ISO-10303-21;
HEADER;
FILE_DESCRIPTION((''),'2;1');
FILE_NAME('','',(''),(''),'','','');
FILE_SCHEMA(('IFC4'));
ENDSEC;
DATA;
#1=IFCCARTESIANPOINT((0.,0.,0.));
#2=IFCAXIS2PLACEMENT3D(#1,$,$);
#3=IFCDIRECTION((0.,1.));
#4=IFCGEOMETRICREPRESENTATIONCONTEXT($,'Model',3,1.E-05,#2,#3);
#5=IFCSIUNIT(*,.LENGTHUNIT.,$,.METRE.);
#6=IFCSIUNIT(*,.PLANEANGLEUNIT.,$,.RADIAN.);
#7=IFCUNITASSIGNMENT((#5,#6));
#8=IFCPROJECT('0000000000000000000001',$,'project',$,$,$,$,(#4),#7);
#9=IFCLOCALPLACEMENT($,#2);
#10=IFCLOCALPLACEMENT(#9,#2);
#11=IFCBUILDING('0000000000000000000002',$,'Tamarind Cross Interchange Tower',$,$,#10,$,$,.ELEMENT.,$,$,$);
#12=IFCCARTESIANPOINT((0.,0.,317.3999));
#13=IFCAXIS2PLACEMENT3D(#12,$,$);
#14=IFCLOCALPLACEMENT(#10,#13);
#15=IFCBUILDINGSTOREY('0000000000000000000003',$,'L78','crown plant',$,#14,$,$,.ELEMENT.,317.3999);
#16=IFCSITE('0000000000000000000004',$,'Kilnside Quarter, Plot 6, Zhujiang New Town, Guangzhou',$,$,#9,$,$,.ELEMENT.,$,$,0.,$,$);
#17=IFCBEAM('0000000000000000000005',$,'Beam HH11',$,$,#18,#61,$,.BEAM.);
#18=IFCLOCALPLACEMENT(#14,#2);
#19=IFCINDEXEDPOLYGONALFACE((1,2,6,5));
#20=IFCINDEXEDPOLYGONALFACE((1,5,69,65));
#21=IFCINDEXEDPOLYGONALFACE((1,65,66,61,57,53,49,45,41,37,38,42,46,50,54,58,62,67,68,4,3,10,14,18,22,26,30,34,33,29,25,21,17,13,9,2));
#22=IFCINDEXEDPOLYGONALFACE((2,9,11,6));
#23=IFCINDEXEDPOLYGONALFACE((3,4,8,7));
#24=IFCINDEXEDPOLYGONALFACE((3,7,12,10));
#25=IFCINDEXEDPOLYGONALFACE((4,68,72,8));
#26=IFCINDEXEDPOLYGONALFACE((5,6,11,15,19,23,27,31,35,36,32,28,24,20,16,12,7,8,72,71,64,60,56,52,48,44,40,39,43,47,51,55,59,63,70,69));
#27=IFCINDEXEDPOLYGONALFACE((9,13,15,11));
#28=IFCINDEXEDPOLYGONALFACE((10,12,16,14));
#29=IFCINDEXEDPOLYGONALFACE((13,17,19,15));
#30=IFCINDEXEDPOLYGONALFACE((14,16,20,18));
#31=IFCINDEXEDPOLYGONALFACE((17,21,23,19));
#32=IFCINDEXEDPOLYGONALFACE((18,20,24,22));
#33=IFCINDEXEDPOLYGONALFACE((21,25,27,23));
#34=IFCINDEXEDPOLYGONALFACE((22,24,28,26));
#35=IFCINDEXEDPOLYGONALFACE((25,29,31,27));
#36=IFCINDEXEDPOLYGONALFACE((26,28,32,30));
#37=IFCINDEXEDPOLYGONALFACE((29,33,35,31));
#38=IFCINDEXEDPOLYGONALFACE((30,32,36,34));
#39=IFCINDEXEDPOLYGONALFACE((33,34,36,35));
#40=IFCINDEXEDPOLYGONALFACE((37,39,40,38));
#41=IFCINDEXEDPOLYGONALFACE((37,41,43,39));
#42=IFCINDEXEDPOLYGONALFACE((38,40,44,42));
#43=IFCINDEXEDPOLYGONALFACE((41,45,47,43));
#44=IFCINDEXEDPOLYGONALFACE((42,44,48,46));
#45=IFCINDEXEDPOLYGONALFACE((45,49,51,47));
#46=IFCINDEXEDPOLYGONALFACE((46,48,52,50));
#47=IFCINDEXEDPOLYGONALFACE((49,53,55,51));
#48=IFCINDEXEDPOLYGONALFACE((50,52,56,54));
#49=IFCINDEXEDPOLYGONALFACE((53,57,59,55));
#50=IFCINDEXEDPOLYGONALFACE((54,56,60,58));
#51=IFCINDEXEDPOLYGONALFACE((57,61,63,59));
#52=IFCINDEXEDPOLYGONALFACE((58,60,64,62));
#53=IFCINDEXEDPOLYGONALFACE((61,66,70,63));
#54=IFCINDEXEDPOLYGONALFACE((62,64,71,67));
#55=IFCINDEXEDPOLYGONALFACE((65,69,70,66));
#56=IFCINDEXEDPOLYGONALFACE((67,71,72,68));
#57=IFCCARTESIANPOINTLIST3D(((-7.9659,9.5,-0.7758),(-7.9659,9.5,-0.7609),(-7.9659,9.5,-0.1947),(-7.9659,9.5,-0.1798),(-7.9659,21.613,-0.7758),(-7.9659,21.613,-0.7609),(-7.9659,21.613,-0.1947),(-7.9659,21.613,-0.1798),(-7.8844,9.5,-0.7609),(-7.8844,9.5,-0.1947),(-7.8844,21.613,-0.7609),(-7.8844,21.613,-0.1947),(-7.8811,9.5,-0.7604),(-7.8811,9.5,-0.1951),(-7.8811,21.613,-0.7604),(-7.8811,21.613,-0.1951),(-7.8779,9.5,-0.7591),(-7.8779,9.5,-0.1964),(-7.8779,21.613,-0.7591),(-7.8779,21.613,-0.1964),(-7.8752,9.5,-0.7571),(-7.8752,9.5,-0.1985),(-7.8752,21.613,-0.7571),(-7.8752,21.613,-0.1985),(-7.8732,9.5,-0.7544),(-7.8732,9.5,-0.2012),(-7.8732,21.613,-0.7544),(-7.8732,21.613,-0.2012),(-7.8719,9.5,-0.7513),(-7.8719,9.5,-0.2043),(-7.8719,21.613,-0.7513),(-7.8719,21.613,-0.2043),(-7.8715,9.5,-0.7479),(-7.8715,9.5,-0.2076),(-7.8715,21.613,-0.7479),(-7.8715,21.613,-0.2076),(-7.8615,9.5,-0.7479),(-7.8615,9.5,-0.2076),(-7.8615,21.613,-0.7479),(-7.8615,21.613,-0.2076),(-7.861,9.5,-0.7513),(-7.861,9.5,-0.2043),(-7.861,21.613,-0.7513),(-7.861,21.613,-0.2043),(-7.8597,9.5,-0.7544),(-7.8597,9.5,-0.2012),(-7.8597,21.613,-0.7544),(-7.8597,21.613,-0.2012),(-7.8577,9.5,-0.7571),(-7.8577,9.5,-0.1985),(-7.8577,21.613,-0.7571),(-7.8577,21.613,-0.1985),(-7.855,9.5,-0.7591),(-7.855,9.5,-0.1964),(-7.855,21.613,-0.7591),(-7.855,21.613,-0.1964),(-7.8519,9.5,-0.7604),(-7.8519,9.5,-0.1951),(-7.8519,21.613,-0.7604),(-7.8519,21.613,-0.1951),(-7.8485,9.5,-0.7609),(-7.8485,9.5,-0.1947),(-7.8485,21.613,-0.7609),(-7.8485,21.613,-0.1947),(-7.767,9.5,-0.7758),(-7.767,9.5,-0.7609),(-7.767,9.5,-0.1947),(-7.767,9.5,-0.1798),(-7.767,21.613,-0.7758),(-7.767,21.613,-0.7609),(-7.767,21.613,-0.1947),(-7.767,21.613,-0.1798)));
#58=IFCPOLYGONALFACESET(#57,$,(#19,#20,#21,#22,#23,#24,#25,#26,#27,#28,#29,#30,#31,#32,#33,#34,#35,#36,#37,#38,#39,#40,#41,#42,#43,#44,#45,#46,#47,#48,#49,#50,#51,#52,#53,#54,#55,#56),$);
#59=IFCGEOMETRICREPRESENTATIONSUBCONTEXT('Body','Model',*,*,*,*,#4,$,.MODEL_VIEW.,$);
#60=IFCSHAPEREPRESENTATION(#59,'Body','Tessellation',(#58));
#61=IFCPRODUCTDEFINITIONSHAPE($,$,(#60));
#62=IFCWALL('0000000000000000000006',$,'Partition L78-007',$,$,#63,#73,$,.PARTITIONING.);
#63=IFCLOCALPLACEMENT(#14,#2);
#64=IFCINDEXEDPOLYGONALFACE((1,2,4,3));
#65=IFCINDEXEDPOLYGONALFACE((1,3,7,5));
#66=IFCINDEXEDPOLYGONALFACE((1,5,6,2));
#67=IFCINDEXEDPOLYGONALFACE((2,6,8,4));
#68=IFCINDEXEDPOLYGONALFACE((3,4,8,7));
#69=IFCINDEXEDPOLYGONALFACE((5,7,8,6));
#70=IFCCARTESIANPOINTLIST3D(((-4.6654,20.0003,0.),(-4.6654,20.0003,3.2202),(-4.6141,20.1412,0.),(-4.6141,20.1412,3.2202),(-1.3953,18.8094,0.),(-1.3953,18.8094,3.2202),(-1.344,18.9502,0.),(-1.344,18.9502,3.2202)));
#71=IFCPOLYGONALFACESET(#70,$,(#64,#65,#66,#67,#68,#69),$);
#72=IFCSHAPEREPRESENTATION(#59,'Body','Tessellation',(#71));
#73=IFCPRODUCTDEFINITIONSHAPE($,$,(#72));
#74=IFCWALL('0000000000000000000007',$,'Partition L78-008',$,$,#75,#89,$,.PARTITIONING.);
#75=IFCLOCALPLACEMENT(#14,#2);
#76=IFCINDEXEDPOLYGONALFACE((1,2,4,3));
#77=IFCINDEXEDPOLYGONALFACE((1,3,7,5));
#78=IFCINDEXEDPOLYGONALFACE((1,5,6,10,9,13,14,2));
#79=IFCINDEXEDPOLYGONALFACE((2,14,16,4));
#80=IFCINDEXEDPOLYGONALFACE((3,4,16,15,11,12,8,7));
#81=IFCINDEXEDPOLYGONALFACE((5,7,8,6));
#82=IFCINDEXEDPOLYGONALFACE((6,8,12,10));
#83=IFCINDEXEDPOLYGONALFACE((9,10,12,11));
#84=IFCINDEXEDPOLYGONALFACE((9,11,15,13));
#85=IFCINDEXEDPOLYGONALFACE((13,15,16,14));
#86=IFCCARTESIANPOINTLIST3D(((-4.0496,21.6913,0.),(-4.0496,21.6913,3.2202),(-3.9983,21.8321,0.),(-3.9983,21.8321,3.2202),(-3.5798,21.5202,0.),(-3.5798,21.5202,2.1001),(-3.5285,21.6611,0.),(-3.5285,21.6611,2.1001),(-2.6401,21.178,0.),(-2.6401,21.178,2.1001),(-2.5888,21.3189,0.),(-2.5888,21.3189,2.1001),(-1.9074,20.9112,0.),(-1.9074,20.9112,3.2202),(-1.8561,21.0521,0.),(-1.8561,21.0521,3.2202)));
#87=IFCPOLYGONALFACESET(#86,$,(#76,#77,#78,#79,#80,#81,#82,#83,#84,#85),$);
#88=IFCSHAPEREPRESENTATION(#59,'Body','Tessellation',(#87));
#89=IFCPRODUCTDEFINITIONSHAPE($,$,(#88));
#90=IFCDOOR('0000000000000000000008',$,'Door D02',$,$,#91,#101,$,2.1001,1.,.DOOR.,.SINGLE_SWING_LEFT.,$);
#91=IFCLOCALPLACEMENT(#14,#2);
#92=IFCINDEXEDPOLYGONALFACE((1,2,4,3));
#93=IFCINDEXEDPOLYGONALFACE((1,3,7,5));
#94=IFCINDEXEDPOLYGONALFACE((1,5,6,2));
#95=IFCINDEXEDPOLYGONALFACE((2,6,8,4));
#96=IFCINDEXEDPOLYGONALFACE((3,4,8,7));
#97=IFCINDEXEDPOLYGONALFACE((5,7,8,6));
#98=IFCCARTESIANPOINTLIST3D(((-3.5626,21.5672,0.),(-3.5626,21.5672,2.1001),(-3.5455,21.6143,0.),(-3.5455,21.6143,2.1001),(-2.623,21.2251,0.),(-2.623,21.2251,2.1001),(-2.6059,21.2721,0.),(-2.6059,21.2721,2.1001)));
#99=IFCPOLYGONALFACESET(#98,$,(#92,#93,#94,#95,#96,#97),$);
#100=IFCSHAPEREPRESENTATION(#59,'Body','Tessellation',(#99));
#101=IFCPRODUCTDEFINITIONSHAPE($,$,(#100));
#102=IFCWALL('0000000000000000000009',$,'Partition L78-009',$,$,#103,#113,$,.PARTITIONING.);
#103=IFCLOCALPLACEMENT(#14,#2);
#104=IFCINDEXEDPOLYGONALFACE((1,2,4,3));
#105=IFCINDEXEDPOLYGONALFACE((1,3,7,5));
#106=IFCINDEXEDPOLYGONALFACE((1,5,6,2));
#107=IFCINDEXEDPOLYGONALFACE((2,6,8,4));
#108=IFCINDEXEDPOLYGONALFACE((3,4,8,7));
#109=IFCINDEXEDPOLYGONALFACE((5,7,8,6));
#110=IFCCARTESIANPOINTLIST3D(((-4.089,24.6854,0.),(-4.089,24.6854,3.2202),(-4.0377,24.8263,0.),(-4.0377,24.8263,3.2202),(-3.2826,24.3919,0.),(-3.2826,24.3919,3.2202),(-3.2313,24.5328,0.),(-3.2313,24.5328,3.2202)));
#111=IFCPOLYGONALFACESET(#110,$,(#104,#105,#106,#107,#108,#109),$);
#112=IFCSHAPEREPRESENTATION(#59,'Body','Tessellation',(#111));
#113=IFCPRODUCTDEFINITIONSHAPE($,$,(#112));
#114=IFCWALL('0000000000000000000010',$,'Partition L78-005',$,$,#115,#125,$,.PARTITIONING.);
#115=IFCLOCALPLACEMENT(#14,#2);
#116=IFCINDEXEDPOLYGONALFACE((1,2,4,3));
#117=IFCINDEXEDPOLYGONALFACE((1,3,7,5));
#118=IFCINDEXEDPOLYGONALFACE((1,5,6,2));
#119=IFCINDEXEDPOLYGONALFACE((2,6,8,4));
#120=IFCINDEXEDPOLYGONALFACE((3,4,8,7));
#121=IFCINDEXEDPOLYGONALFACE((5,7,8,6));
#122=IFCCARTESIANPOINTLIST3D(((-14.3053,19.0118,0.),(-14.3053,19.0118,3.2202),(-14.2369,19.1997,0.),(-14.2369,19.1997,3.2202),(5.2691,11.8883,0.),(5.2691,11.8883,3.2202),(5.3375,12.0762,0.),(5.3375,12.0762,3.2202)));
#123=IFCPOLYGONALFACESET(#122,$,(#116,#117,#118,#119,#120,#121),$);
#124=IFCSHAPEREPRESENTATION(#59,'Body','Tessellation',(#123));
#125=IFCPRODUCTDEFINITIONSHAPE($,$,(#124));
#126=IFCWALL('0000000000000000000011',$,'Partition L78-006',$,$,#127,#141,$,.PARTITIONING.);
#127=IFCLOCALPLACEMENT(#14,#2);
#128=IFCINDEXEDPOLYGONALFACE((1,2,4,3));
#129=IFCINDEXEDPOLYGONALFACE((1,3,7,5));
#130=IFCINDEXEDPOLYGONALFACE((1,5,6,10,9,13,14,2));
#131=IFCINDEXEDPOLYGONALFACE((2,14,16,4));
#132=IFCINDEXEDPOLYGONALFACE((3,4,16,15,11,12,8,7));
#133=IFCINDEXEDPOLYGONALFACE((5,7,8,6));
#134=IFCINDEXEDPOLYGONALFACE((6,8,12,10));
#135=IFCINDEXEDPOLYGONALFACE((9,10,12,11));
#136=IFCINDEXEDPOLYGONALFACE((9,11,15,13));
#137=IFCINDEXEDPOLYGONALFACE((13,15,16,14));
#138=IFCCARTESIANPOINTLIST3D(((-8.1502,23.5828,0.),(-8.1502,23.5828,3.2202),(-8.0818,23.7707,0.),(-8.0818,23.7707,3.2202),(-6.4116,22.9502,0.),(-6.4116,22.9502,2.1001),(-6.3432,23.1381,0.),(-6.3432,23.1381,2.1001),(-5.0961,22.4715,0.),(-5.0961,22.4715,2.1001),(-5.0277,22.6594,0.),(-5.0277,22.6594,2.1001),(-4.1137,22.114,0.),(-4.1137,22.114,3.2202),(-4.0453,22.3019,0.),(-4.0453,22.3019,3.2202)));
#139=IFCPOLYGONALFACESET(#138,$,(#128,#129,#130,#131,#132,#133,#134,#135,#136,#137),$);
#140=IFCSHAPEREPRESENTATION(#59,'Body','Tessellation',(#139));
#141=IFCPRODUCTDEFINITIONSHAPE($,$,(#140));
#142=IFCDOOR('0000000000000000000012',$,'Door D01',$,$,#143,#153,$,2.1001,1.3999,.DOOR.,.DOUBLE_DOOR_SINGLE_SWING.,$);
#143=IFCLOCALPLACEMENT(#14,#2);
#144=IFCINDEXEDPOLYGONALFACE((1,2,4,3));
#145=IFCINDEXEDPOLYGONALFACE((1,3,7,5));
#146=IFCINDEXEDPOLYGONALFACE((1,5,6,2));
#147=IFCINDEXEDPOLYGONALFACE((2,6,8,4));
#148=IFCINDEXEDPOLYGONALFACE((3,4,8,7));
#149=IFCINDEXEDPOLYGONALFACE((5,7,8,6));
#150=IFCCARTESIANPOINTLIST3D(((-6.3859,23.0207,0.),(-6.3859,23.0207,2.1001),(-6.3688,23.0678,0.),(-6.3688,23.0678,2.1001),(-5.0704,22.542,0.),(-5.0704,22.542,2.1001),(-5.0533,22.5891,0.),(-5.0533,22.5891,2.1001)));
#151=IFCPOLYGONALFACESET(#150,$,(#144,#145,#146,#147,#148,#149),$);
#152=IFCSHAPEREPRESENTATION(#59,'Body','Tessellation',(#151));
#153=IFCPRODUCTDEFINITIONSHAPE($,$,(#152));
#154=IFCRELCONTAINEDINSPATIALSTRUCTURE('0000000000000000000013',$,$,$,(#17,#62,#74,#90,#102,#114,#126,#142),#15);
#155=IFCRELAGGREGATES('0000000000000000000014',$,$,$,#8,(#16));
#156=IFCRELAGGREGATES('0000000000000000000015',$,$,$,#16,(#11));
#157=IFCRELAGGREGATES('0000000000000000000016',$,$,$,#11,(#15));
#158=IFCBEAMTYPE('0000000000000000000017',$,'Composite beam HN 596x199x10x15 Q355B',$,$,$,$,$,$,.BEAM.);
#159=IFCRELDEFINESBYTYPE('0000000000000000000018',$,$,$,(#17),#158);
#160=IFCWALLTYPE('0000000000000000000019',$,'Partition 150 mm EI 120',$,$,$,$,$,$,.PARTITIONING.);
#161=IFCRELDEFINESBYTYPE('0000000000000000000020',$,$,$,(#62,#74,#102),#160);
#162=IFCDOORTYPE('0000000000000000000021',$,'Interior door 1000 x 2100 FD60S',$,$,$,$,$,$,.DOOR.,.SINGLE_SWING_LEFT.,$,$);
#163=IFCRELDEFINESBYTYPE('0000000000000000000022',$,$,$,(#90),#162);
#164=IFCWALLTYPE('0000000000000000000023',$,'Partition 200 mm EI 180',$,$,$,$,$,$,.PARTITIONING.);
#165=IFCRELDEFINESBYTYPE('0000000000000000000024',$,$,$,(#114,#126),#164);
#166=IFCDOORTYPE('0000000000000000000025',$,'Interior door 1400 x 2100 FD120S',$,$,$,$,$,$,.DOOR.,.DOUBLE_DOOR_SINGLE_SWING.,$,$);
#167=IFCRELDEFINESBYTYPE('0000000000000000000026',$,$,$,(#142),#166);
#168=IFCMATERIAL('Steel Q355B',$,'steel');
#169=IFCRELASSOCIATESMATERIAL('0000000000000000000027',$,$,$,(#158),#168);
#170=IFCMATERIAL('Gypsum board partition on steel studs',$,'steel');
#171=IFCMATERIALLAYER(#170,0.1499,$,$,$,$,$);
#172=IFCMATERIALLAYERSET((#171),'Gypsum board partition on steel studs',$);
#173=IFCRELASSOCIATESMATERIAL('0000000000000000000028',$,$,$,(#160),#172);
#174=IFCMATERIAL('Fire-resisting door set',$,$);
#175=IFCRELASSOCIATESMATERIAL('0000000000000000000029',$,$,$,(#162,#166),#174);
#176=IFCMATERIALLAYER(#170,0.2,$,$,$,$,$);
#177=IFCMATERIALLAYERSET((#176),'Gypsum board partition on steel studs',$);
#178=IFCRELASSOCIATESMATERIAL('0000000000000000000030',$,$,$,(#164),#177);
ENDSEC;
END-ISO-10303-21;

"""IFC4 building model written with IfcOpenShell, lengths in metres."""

from ifc_helpers import new_model, si_unit, direction, frame, frame_2d, origin, origin_2d, place, context, subcontext, project, spatial, rectangle, i_section, extrude, material, layer, layer_set, material_profile, profile_set, type_object, element, fill, save


model = new_model("IFC4")

# Units and contexts
model_context = context("Model", 3, precision=1e-05, world=origin(), true_north=direction((0.0, 1.0)))
body_context = subcontext(model_context, "Body", "Model", "MODEL_VIEW")
ifc_project = project(units=[si_unit("LENGTHUNIT", "METRE"), si_unit("PLANEANGLEUNIT", "RADIAN")], contexts=[model_context])

# Site, building, storey
site_placement = place(None, origin())
site = spatial("IfcSite", under=ifc_project, at=site_placement, Name="Kilnside Quarter, Plot 6, Zhujiang New Town, Guangzhou", CompositionType="ELEMENT", RefElevation=0.0)
building_placement = place(site_placement, origin())
building = spatial("IfcBuilding", under=site, at=building_placement, Name="Tamarind Cross Interchange Tower", CompositionType="ELEMENT")
storey_placement = place(building_placement, frame((0.0, 0.0, 317.3999)))
storey = spatial("IfcBuildingStorey", under=building, at=storey_placement, Name="L78", Description="crown plant", CompositionType="ELEMENT", Elevation=317.3999)

# Beam
ifc_material_1 = material(Name="Steel Q355B", Category="steel")
ifc_material_profile_1 = material_profile(ifc_material_1, i_section(OverallWidth=0.199, OverallDepth=0.5959, WebThickness=0.01, FlangeThickness=0.0149, FilletRadius=0.0129, at=origin_2d()), Name="HN 596x199x10x15")
ifc_profile_set_1 = profile_set([ifc_material_profile_1], Name="Steel Q355B")
beam_type = type_object("IfcBeamType", Name="Composite beam HN 596x199x10x15 Q355B", PredefinedType="BEAM", material=ifc_profile_set_1)
beam_1_placement = place(storey_placement, frame((-7.8665, 21.613, -0.4778), z_axis=(0.0, -1.0, 0.0), x_axis=(1.0, 0.0, 0.0)))
element("IfcBeam", 1, at=beam_1_placement, inside=storey, type_object=beam_type, Name="Beam HH11", PredefinedType="BEAM", context=body_context, shape_type="SweptSolid", body=[
    extrude(i_section(OverallWidth=0.199, OverallDepth=0.5959, WebThickness=0.01, FlangeThickness=0.0149, FilletRadius=0.0129, at=origin_2d()), origin(), (0.0, 0.0, 1.0), 12.113),
])

# Wall
ifc_material_2 = material(Name="Gypsum board partition on steel studs", Category="steel")
ifc_layer_1 = layer(ifc_material_2, 0.1499)
ifc_layer_set_1 = layer_set([ifc_layer_1], Name="Gypsum board partition on steel studs")
wall_type_1 = type_object("IfcWallType", Name="Partition 150 mm EI 120", PredefinedType="PARTITIONING", material=ifc_layer_set_1)
wall_1_placement = place(storey_placement, frame((-4.6399, 20.0708, 0.0), z_axis=(0.0, 0.0, 1.0), x_axis=(0.939625, -0.342205, 0.0)))
element("IfcWall", 2, at=wall_1_placement, inside=storey, type_object=wall_type_1, Name="Partition L78-007", PredefinedType="PARTITIONING", context=body_context, shape_type="SweptSolid", body=[
    extrude(rectangle(XDim=3.4802, YDim=0.1499, at=frame_2d((1.7402, 0.0))), origin(), (0.0, 0.0, 1.0), 3.2202),
])

# Wall, opening, door
wall_2_placement = place(storey_placement, frame((-4.0239, 21.7617, 0.0), z_axis=(0.0, 0.0, 1.0), x_axis=(0.93964, -0.342164, 0.0)))
wall_2 = element("IfcWall", 3, at=wall_2_placement, inside=storey, type_object=wall_type_1, Name="Partition L78-008", PredefinedType="PARTITIONING", context=body_context, shape_type="SweptSolid", body=[
    extrude(rectangle(XDim=2.2798, YDim=0.1499, at=frame_2d((1.1399, 0.0))), origin(), (0.0, 0.0, 1.0), 3.2202),
])
opening_1_placement = place(wall_2_placement, frame((0.5, 0.0, 0.0)))
opening_1 = element("IfcOpeningElement", 4, at=opening_1_placement, cuts=wall_2, PredefinedType="OPENING", context=body_context, shape_type="SweptSolid", body=[
    extrude(rectangle(XDim=1.0, YDim=2.1001, at=frame_2d((0.5, 1.05))), frame((0.0, 0.085, 0.0), z_axis=(0.0, -1.0, 0.0), x_axis=(1.0, 0.0, 0.0)), (0.0, 0.0, 1.0), 0.1699),
])
ifc_material_3 = material(Name="Fire-resisting door set")
door_type_1 = type_object("IfcDoorType", Name="Interior door 1000 x 2100 FD60S", OperationType="SINGLE_SWING_LEFT", PredefinedType="DOOR", material=ifc_material_3)
door_1_placement = place(opening_1_placement, frame((1.0, 0.0, 0.0), z_axis=(0.0, 0.0, 1.0), x_axis=(-1.0, 0.0, 0.0)))
door_1 = element("IfcDoor", 5, at=door_1_placement, inside=storey, type_object=door_type_1, Name="Door D02", OperationType="SINGLE_SWING_LEFT", OverallHeight=2.1001, OverallWidth=1.0, PredefinedType="DOOR", context=body_context, shape_type="SweptSolid", body=[
    extrude(rectangle(XDim=1.0, YDim=2.1001, at=frame_2d((0.5, 1.05))), frame((0.0, 0.0249, 0.0), z_axis=(0.0, -1.0, 0.0), x_axis=(1.0, 0.0, 0.0)), (0.0, 0.0, 1.0), 0.05),
])
fill(opening_1, door_1)

# Walls
wall_3_placement = place(storey_placement, frame((-4.0635, 24.7559, 0.0), z_axis=(0.0, 0.0, 1.0), x_axis=(0.93971, -0.341971, 0.0)))
element("IfcWall", 6, at=wall_3_placement, inside=storey, type_object=wall_type_1, Name="Partition L78-009", PredefinedType="PARTITIONING", context=body_context, shape_type="SweptSolid", body=[
    extrude(rectangle(XDim=0.8582, YDim=0.1499, at=frame_2d((0.4292, 0.0))), origin(), (0.0, 0.0, 1.0), 3.2202),
])
ifc_layer_2 = layer(ifc_material_2, 0.2)
ifc_layer_set_2 = layer_set([ifc_layer_2], Name="Gypsum board partition on steel studs")
wall_type_2 = type_object("IfcWallType", Name="Partition 200 mm EI 180", PredefinedType="PARTITIONING", material=ifc_layer_set_2)
wall_4_placement = place(storey_placement, frame((-14.271, 19.1057, 0.0), z_axis=(0.0, 0.0, 1.0), x_axis=(0.939708, -0.341978, 0.0)))
element("IfcWall", 7, at=wall_4_placement, inside=storey, type_object=wall_type_2, Name="Partition L78-005", PredefinedType="PARTITIONING", context=body_context, shape_type="SweptSolid", body=[
    extrude(rectangle(XDim=20.8303, YDim=0.2, at=frame_2d((10.415, 0.0))), origin(), (0.0, 0.0, 1.0), 3.2202),
])

# Wall, opening, door
wall_5_placement = place(storey_placement, frame((-8.116, 23.6768, 0.0), z_axis=(0.0, 0.0, 1.0), x_axis=(0.93972, -0.341944, 0.0)))
wall_5 = element("IfcWall", 8, at=wall_5_placement, inside=storey, type_object=wall_type_2, Name="Partition L78-006", PredefinedType="PARTITIONING", context=body_context, shape_type="SweptSolid", body=[
    extrude(rectangle(XDim=4.2954, YDim=0.2, at=frame_2d((2.1477, 0.0))), origin(), (0.0, 0.0, 1.0), 3.2202),
])
opening_2_placement = place(wall_5_placement, frame((1.8501, 0.0, 0.0)))
opening_2 = element("IfcOpeningElement", 9, at=opening_2_placement, cuts=wall_5, PredefinedType="OPENING", context=body_context, shape_type="SweptSolid", body=[
    extrude(rectangle(XDim=1.3999, YDim=2.1001, at=frame_2d((0.7, 1.05))), frame((0.0, 0.1099, 0.0), z_axis=(0.0, -1.0, 0.0), x_axis=(1.0, 0.0, 0.0)), (0.0, 0.0, 1.0), 0.22),
])
door_type_2 = type_object("IfcDoorType", Name="Interior door 1400 x 2100 FD120S", OperationType="DOUBLE_DOOR_SINGLE_SWING", PredefinedType="DOOR", material=ifc_material_3)
door_2_placement = place(opening_2_placement, frame((1.3999, 0.0, 0.0), z_axis=(0.0, 0.0, 1.0), x_axis=(-1.0, 0.0, 0.0)))
door_2 = element("IfcDoor", 10, at=door_2_placement, inside=storey, type_object=door_type_2, Name="Door D01", OperationType="DOUBLE_DOOR_SINGLE_SWING", OverallHeight=2.1001, OverallWidth=1.3999, PredefinedType="DOOR", context=body_context, shape_type="SweptSolid", body=[
    extrude(rectangle(XDim=1.3999, YDim=2.1001, at=frame_2d((0.7, 1.05))), frame((0.0, 0.0249, 0.0), z_axis=(0.0, -1.0, 0.0), x_axis=(1.0, 0.0, 0.0)), (0.0, 0.0, 1.0), 0.05),
])
fill(opening_2, door_2)

save(model, "model.ifc")
